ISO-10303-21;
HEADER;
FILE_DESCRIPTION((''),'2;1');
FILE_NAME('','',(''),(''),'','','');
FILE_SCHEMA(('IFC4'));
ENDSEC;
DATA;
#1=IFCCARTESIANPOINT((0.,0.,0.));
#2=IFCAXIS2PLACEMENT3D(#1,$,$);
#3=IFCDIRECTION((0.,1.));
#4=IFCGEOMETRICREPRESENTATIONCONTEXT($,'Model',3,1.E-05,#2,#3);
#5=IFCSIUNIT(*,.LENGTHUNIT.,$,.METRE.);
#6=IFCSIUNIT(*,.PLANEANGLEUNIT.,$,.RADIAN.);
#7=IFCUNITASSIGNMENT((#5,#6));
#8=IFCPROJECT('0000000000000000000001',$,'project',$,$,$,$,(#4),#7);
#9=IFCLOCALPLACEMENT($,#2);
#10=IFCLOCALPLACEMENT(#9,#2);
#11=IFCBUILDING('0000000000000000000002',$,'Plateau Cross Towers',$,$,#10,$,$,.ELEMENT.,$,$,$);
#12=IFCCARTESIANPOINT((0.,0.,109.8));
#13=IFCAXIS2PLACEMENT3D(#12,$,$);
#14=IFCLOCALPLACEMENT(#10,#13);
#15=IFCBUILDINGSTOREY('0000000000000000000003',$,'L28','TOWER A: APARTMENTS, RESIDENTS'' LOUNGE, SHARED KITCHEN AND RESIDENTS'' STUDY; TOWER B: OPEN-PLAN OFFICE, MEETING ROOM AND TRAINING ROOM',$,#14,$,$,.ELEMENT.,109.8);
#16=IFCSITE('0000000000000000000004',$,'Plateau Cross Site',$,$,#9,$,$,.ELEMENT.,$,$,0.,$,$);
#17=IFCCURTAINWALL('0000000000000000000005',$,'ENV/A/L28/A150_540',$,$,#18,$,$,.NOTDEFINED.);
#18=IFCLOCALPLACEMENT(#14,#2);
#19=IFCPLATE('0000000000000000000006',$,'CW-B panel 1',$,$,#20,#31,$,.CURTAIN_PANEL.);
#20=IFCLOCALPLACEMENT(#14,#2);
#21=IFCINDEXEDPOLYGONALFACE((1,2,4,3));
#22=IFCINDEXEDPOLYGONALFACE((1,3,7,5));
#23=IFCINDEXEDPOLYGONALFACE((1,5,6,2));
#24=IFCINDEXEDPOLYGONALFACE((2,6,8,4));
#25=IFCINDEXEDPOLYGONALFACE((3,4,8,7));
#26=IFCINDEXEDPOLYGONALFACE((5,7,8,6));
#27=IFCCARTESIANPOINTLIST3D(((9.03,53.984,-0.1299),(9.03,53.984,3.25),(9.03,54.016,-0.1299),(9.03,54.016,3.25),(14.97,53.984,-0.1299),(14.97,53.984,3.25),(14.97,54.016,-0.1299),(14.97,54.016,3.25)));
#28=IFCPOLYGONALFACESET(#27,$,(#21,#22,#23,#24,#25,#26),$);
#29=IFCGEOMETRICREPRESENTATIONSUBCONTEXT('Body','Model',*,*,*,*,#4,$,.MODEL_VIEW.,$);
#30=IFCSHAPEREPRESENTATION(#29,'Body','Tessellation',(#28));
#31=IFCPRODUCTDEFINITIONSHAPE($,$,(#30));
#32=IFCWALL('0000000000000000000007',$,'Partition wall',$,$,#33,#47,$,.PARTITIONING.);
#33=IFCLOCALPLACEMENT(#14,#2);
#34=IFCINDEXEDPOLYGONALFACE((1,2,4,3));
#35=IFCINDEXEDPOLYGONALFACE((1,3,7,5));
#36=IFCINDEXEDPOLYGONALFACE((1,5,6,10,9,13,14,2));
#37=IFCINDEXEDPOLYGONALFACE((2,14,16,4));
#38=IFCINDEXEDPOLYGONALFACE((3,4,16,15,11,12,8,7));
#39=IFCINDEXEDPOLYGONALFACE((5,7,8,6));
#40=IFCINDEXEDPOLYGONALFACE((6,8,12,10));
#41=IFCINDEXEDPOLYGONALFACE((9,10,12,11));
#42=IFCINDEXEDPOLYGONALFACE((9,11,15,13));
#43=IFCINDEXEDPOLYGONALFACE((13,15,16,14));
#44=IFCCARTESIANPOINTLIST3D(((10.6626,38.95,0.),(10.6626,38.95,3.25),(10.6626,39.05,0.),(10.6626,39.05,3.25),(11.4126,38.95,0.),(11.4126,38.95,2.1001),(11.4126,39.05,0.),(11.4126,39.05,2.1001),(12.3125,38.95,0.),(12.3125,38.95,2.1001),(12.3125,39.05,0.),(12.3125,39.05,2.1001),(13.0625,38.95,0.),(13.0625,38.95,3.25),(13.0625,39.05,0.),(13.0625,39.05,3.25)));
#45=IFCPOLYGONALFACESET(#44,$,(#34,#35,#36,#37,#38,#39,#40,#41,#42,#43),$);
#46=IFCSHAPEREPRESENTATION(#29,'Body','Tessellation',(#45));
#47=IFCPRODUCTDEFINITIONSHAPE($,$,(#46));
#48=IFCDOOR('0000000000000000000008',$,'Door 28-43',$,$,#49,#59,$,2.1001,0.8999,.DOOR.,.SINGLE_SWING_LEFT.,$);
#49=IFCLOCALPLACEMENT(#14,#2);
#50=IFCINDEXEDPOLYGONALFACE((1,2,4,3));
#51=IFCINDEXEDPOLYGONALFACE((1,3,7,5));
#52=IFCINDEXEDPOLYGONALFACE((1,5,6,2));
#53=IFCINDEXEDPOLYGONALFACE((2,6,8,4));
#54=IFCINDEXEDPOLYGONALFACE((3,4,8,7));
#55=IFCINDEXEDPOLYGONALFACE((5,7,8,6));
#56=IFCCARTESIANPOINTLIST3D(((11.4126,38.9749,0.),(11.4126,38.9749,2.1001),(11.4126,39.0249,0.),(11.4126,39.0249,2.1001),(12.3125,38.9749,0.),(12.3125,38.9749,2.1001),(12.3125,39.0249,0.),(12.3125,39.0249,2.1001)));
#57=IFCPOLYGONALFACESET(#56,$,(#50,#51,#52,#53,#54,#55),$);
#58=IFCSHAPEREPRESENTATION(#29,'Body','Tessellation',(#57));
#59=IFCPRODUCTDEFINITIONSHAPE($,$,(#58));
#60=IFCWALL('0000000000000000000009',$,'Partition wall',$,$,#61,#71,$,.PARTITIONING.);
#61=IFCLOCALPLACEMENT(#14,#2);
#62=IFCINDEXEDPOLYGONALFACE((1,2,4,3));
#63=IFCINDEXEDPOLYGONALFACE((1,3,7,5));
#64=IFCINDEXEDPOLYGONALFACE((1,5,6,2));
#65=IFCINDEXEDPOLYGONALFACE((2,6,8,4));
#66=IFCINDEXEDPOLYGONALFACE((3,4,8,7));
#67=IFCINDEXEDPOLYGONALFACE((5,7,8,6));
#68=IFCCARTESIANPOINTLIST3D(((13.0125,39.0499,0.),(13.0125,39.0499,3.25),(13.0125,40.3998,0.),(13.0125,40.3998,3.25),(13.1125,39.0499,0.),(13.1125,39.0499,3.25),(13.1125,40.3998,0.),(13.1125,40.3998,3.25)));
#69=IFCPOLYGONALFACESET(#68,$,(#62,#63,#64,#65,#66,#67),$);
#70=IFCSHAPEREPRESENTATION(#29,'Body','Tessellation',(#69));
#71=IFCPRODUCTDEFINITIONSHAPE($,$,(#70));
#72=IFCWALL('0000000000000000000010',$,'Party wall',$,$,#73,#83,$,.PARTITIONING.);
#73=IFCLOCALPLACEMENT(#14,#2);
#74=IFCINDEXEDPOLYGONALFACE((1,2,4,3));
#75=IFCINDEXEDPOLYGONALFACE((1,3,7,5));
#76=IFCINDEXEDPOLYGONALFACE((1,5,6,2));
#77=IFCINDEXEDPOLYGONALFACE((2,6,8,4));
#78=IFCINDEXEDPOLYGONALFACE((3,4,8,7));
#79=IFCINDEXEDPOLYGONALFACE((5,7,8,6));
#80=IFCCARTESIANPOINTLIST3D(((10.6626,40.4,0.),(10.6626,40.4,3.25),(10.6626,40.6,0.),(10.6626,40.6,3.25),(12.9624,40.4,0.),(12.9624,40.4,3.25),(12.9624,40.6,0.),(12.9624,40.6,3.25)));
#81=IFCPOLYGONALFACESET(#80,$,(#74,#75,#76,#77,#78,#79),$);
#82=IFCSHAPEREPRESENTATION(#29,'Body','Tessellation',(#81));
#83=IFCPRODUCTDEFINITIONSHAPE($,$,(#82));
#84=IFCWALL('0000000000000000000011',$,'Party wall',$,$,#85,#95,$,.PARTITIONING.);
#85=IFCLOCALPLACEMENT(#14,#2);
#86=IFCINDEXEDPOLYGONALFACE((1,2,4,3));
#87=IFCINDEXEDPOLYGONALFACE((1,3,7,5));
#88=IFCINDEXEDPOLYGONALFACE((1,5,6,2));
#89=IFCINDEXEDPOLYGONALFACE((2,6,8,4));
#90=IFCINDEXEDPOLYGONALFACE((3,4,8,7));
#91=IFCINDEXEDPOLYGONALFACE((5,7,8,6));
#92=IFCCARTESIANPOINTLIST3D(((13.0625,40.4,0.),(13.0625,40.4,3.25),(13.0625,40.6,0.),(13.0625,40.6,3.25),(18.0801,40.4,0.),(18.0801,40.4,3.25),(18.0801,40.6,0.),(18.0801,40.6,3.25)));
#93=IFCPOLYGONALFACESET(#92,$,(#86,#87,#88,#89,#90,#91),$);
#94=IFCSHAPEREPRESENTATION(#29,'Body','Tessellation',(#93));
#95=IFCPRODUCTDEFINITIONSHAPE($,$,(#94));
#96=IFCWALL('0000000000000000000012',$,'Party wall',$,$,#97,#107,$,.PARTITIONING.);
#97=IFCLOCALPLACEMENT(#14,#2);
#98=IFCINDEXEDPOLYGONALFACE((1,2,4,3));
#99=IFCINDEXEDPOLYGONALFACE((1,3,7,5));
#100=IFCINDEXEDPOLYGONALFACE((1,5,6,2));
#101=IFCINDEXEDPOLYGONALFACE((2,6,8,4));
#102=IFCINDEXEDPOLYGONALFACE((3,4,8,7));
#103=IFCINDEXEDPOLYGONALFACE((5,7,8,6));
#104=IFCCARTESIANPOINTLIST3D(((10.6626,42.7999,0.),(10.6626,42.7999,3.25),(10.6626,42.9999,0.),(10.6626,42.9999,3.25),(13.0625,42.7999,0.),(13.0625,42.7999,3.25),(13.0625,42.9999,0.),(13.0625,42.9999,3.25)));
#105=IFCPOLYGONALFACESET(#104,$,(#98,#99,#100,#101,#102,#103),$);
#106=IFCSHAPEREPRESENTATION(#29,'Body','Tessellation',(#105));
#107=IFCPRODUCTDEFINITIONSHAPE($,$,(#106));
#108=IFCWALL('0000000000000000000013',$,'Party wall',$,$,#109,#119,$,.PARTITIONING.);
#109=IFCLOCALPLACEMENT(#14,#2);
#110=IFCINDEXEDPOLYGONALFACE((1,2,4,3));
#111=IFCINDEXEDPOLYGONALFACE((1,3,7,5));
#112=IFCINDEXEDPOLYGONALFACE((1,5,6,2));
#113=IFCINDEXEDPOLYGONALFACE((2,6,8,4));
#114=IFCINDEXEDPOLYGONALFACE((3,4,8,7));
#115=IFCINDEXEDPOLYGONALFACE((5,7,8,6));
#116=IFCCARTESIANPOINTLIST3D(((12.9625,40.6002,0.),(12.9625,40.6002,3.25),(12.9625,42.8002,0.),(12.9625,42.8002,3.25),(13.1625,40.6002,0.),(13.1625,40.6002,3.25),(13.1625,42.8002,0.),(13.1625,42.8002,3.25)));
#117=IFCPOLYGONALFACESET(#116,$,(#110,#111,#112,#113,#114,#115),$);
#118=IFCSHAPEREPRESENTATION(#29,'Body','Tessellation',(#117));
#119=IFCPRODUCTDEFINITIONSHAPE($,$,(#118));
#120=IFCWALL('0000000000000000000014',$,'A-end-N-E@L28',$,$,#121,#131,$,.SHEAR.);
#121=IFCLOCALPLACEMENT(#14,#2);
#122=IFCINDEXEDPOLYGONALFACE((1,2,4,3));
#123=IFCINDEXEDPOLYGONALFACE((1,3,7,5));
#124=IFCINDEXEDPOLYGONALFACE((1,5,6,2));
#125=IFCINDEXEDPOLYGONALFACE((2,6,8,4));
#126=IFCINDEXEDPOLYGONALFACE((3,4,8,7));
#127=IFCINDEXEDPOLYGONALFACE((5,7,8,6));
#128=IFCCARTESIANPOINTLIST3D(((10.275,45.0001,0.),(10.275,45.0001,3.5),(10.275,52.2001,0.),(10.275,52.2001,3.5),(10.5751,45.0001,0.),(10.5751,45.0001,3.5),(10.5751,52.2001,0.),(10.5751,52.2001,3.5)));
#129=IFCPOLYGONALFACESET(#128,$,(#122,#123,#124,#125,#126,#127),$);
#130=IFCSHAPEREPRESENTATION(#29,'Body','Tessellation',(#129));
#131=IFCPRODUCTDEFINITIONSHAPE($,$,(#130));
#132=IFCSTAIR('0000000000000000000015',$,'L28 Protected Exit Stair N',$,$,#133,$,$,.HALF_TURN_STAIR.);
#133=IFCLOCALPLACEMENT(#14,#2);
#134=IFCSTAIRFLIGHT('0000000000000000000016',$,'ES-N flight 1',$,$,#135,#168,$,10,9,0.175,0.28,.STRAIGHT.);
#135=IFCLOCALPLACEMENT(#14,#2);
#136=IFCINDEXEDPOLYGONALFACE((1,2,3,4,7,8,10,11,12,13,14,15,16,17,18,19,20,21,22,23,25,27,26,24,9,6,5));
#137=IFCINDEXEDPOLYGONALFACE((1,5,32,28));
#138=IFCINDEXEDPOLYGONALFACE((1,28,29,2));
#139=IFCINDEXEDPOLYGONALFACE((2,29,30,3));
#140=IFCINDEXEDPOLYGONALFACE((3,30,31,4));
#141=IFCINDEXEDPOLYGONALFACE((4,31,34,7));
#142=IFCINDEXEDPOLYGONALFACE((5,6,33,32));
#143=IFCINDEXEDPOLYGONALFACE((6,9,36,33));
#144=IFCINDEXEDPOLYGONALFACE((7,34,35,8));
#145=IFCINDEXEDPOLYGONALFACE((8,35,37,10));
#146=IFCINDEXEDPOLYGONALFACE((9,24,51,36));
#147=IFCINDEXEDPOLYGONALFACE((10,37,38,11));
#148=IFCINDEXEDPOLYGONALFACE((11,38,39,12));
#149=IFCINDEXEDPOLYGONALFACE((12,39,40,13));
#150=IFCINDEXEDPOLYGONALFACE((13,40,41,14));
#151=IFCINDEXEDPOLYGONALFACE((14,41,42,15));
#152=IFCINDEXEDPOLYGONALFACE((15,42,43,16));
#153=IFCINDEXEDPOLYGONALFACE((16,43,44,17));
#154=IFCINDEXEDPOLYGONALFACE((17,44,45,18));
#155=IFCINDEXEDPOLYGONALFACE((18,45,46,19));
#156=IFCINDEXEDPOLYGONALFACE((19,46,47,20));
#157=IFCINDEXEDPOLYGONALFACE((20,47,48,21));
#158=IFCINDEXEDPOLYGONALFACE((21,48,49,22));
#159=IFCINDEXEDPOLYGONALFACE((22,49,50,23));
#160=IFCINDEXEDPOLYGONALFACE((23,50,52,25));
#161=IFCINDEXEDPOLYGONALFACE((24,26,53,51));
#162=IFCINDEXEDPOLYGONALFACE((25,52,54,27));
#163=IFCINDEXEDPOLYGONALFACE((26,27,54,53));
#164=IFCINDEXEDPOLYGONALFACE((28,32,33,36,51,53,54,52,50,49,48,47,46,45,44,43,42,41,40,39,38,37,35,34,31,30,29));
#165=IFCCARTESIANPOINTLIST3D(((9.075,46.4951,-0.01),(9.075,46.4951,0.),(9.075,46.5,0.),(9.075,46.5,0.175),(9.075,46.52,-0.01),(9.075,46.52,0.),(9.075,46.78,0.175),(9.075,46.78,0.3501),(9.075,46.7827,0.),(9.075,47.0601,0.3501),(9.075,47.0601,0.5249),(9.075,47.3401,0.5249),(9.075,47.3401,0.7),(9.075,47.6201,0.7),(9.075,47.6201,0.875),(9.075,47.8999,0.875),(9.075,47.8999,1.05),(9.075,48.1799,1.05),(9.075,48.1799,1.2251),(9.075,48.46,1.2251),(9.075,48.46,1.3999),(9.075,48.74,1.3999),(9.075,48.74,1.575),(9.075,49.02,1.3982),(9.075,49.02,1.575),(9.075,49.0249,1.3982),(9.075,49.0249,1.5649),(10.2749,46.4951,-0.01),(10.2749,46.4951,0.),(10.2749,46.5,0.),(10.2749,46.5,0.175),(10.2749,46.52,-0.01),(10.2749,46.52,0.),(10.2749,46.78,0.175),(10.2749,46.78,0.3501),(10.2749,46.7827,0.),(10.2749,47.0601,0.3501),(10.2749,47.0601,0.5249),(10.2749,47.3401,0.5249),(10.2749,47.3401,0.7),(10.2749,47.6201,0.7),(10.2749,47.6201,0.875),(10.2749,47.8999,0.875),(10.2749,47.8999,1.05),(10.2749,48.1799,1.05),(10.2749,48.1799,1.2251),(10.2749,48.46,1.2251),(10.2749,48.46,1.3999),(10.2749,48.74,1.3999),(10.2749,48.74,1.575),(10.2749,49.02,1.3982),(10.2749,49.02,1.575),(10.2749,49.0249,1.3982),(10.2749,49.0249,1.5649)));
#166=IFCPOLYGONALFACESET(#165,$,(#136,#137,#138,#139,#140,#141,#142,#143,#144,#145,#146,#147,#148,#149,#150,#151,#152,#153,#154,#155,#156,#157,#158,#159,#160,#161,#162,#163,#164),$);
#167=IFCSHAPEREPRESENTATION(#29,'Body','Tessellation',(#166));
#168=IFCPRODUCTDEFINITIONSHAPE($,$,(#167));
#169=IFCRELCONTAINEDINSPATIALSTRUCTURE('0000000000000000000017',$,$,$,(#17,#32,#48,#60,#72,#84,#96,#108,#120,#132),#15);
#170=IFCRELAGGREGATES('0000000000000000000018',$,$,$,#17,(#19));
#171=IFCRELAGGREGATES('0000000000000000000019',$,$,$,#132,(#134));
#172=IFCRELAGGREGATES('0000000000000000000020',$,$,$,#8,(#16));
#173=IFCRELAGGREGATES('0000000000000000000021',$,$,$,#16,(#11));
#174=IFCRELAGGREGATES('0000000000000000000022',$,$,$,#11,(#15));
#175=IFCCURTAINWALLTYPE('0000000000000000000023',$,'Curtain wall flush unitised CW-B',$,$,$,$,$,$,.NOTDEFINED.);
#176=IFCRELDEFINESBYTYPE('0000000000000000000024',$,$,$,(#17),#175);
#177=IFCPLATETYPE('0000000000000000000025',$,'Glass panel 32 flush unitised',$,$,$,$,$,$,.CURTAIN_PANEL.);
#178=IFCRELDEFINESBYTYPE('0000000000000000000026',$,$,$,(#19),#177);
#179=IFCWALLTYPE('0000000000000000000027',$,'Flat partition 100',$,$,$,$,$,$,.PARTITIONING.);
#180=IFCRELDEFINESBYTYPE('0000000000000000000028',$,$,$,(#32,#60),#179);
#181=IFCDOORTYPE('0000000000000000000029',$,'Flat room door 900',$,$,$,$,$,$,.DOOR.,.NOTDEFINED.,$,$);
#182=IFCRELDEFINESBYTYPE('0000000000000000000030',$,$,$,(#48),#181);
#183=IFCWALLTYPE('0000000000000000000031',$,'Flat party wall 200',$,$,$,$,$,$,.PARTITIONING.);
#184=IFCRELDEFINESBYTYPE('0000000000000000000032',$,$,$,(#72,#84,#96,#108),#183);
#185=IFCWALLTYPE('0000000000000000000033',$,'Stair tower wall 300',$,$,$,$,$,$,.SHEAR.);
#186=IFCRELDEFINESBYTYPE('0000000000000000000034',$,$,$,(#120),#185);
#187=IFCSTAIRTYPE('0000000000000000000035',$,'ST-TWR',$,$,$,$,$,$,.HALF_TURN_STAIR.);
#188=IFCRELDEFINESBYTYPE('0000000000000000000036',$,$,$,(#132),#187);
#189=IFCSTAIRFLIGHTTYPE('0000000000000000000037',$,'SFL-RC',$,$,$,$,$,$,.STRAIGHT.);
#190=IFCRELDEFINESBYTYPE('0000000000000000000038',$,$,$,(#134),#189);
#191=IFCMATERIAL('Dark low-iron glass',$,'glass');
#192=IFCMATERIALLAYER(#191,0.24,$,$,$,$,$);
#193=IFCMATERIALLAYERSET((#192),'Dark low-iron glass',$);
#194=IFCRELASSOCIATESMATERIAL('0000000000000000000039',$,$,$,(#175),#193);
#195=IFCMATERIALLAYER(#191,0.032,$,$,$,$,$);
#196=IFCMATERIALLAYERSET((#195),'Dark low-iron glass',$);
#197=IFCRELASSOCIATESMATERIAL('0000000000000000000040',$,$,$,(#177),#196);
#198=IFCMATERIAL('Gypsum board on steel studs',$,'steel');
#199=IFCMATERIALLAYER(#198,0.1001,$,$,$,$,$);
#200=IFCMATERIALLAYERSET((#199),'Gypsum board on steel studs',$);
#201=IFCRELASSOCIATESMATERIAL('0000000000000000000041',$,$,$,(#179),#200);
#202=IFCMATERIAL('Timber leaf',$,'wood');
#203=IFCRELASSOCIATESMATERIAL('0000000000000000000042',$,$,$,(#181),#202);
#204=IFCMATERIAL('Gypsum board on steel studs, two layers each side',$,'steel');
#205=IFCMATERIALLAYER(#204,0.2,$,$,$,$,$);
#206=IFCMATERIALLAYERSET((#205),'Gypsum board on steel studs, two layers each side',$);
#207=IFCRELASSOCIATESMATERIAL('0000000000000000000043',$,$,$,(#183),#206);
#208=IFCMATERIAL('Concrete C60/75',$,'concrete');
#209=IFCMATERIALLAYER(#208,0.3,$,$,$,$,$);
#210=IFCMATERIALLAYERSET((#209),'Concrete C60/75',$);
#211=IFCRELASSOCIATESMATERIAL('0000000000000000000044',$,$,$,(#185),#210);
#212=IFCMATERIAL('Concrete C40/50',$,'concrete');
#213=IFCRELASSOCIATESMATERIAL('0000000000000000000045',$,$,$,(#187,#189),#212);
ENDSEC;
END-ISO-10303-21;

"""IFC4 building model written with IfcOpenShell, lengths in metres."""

from ifc_helpers import new_model, si_unit, direction, frame, frame_2d, origin, origin_2d, place, context, subcontext, project, spatial, polyline, rectangle, outline, extrude, material, layer, layer_set, type_object, element, fill, aggregate, save


model = new_model("IFC4")

# Units and contexts
model_context = context("Model", 3, precision=1e-05, world=origin(), true_north=direction((0.0, 1.0)))
body_context = subcontext(model_context, "Body", "Model", "MODEL_VIEW")
ifc_project = project(units=[si_unit("LENGTHUNIT", "METRE"), si_unit("PLANEANGLEUNIT", "RADIAN")], contexts=[model_context])

# Site, building, storey
site_placement = place(None, origin())
site = spatial("IfcSite", under=ifc_project, at=site_placement, Name="Plateau Cross Site", CompositionType="ELEMENT", RefElevation=0.0)
building_placement = place(site_placement, origin())
building = spatial("IfcBuilding", under=site, at=building_placement, Name="Plateau Cross Towers", CompositionType="ELEMENT")
storey_placement = place(building_placement, frame((0.0, 0.0, 109.8)))
storey = spatial("IfcBuildingStorey", under=building, at=storey_placement, Name="L28", Description="TOWER A: APARTMENTS, RESIDENTS' LOUNGE, SHARED KITCHEN AND RESIDENTS' STUDY; TOWER B: OPEN-PLAN OFFICE, MEETING ROOM AND TRAINING ROOM", CompositionType="ELEMENT", Elevation=109.8)

# Shared definitions
ifc_material_1 = material(Name="Concrete C60/75", Category="concrete")

# Shared definitions
ifc_material_2 = material(Name="Dark low-iron glass", Category="glass")
ifc_layer_1 = layer(ifc_material_2, 0.24)
ifc_layer_set_1 = layer_set([ifc_layer_1], Name="Dark low-iron glass")
curtain_wall_type = type_object("IfcCurtainWallType", Name="Curtain wall flush unitised CW-B", PredefinedType="NOTDEFINED", material=ifc_layer_set_1)

# Curtain wall
curtain_wall_1_placement = place(storey_placement, origin())
curtain_wall_1 = element("IfcCurtainWall", 1, at=curtain_wall_1_placement, inside=storey, type_object=curtain_wall_type, Name="ENV/A/L28/A150_540", PredefinedType="NOTDEFINED")

# Plate
ifc_layer_2 = layer(ifc_material_2, 0.032)
ifc_layer_set_2 = layer_set([ifc_layer_2], Name="Dark low-iron glass")
plate_type = type_object("IfcPlateType", Name="Glass panel 32 flush unitised", PredefinedType="CURTAIN_PANEL", material=ifc_layer_set_2)
plate_1_placement = place(storey_placement, frame((12.0, 54.0, -0.1299), z_axis=(0.0, 0.0, 1.0), x_axis=(-1.0, 0.0, 0.0)))
plate_1 = element("IfcPlate", 2, at=plate_1_placement, type_object=plate_type, Name="CW-B panel 1", PredefinedType="CURTAIN_PANEL", context=body_context, shape_type="SweptSolid", body=[
    extrude(rectangle(XDim=5.9399, YDim=0.032, at=origin_2d()), origin(), (0.0, 0.0, 1.0), 3.3799),
])
aggregate(curtain_wall_1, [plate_1])

# Wall, opening, door
ifc_material_3 = material(Name="Gypsum board on steel studs", Category="steel")
ifc_layer_3 = layer(ifc_material_3, 0.1001)
ifc_layer_set_3 = layer_set([ifc_layer_3], Name="Gypsum board on steel studs")
wall_type_1 = type_object("IfcWallType", Name="Flat partition 100", PredefinedType="PARTITIONING", material=ifc_layer_set_3)
wall_1_placement = place(storey_placement, frame((10.6626, 39.0, 0.0), z_axis=(0.0, 0.0, 1.0), x_axis=(1.0, 0.0, 0.0)))
wall_1 = element("IfcWall", 3, at=wall_1_placement, inside=storey, type_object=wall_type_1, Name="Partition wall", PredefinedType="PARTITIONING", context=body_context, shape_type="SweptSolid", body=[
    extrude(rectangle(XDim=2.3999, YDim=0.1001, at=frame_2d((1.2, 0.0))), origin(), (0.0, 0.0, 1.0), 3.25),
])
opening_placement = place(wall_1_placement, frame((0.75, 0.0, 0.0)))
opening = element("IfcOpeningElement", 4, at=opening_placement, cuts=wall_1, PredefinedType="OPENING", context=body_context, shape_type="SweptSolid", body=[
    extrude(rectangle(XDim=0.8999, YDim=2.1001, at=frame_2d((0.45, 1.05))), frame((0.0, 0.0601, 0.0), z_axis=(0.0, -1.0, 0.0), x_axis=(1.0, 0.0, 0.0)), (0.0, 0.0, 1.0), 0.1201),
])
ifc_material_4 = material(Name="Timber leaf", Category="wood")
door_type = type_object("IfcDoorType", Name="Flat room door 900", OperationType="NOTDEFINED", PredefinedType="DOOR", material=ifc_material_4)
door_placement = place(opening_placement, origin())
door = element("IfcDoor", 5, at=door_placement, inside=storey, type_object=door_type, Name="Door 28-43", OperationType="SINGLE_SWING_LEFT", OverallHeight=2.1001, OverallWidth=0.8999, PredefinedType="DOOR", context=body_context, shape_type="SweptSolid", body=[
    extrude(rectangle(XDim=0.8999, YDim=2.1001, at=frame_2d((0.45, 1.05))), frame((0.0, 0.0249, 0.0), z_axis=(0.0, -1.0, 0.0), x_axis=(1.0, 0.0, 0.0)), (0.0, 0.0, 1.0), 0.05),
])
fill(opening, door)

# Walls
wall_2_placement = place(storey_placement, frame((13.0625, 39.05, 0.0), z_axis=(0.0, 0.0, 1.0), x_axis=(0.0, 1.0, 0.0)))
element("IfcWall", 6, at=wall_2_placement, inside=storey, type_object=wall_type_1, Name="Partition wall", PredefinedType="PARTITIONING", context=body_context, shape_type="SweptSolid", body=[
    extrude(rectangle(XDim=1.3499, YDim=0.1001, at=frame_2d((0.6748, 0.0))), origin(), (0.0, 0.0, 1.0), 3.25),
])
ifc_material_5 = material(Name="Gypsum board on steel studs, two layers each side", Category="steel")
ifc_layer_4 = layer(ifc_material_5, 0.2)
ifc_layer_set_4 = layer_set([ifc_layer_4], Name="Gypsum board on steel studs, two layers each side")
wall_type_2 = type_object("IfcWallType", Name="Flat party wall 200", PredefinedType="PARTITIONING", material=ifc_layer_set_4)
wall_3_placement = place(storey_placement, frame((12.9624, 40.5, 0.0), z_axis=(0.0, 0.0, 1.0), x_axis=(-1.0, 0.0, 0.0)))
element("IfcWall", 7, at=wall_3_placement, inside=storey, type_object=wall_type_2, Name="Party wall", PredefinedType="PARTITIONING", context=body_context, shape_type="SweptSolid", body=[
    extrude(rectangle(XDim=2.2998, YDim=0.2, at=frame_2d((1.1499, 0.0))), origin(), (0.0, 0.0, 1.0), 3.25),
])
wall_4_placement = place(storey_placement, frame((13.0625, 40.5, 0.0), z_axis=(0.0, 0.0, 1.0), x_axis=(1.0, 0.0, 0.0)))
element("IfcWall", 8, at=wall_4_placement, inside=storey, type_object=wall_type_2, Name="Party wall", PredefinedType="PARTITIONING", context=body_context, shape_type="SweptSolid", body=[
    extrude(rectangle(XDim=5.0176, YDim=0.2, at=frame_2d((2.5088, 0.0))), origin(), (0.0, 0.0, 1.0), 3.25),
])
wall_5_placement = place(storey_placement, frame((13.0625, 42.8999, 0.0), z_axis=(0.0, 0.0, 1.0), x_axis=(-1.0, 0.0, 0.0)))
element("IfcWall", 9, at=wall_5_placement, inside=storey, type_object=wall_type_2, Name="Party wall", PredefinedType="PARTITIONING", context=body_context, shape_type="SweptSolid", body=[
    extrude(rectangle(XDim=2.3999, YDim=0.2, at=frame_2d((1.2, 0.0))), origin(), (0.0, 0.0, 1.0), 3.25),
])
wall_6_placement = place(storey_placement, frame((13.0625, 40.6001, 0.0), z_axis=(0.0, 0.0, 1.0), x_axis=(0.0, 1.0, 0.0)))
element("IfcWall", 10, at=wall_6_placement, inside=storey, type_object=wall_type_2, Name="Party wall", PredefinedType="PARTITIONING", context=body_context, shape_type="SweptSolid", body=[
    extrude(rectangle(XDim=2.2, YDim=0.2, at=frame_2d((1.1001, 0.0))), origin(), (0.0, 0.0, 1.0), 3.25),
])
ifc_layer_5 = layer(ifc_material_1, 0.3)
ifc_layer_set_5 = layer_set([ifc_layer_5], Name="Concrete C60/75")
wall_type_3 = type_object("IfcWallType", Name="Stair tower wall 300", PredefinedType="SHEAR", material=ifc_layer_set_5)
wall_7_placement = place(storey_placement, frame((10.425, 45.0, 0.0), z_axis=(0.0, 0.0, 1.0), x_axis=(0.0, 1.0, 0.0)))
element("IfcWall", 11, at=wall_7_placement, inside=storey, type_object=wall_type_3, Name="A-end-N-E@L28", PredefinedType="SHEAR", context=body_context, shape_type="SweptSolid", body=[
    extrude(rectangle(XDim=7.2, YDim=0.3, at=frame_2d((3.6001, 0.0))), origin(), (0.0, 0.0, 1.0), 3.5),
])

# Stair, stair flight
ifc_material_6 = material(Name="Concrete C40/50", Category="concrete")
stair_type = type_object("IfcStairType", Name="ST-TWR", PredefinedType="HALF_TURN_STAIR", material=ifc_material_6)
stair_placement = place(storey_placement, origin())
stair = element("IfcStair", 12, at=stair_placement, inside=storey, type_object=stair_type, Name="L28 Protected Exit Stair N", PredefinedType="HALF_TURN_STAIR")
stair_flight_type = type_object("IfcStairFlightType", Name="SFL-RC", PredefinedType="STRAIGHT", material=ifc_material_6)
stair_flight_1_placement = place(storey_placement, frame((9.675, 46.5, 0.0), z_axis=(0.0, 0.0, 1.0), x_axis=(0.0, 1.0, 0.0)))
stair_flight_1 = element("IfcStairFlight", 13, at=stair_flight_1_placement, type_object=stair_flight_type, Name="ES-N flight 1", NumberOfRisers=10, NumberOfTreads=9, PredefinedType="STRAIGHT", RiserHeight=0.175, TreadLength=0.28, context=body_context, shape_type="SweptSolid", body=[
    extrude(outline(polyline([(-0.0049, -0.01), (-0.0049, 0.0), (0.0, 0.0), (0.0, 0.175), (0.28, 0.175), (0.28, 0.3501), (0.5601, 0.3501), (0.5601, 0.5249), (0.8401, 0.5249), (0.8401, 0.7), (1.1201, 0.7), (1.1201, 0.875), (1.3999, 0.875), (1.3999, 1.05), (1.6799, 1.05), (1.6799, 1.2251), (1.96, 1.2251), (1.96, 1.3999), (2.24, 1.3999), (2.24, 1.575), (2.52, 1.575), (2.5249, 1.5649), (2.5249, 1.3982), (2.52, 1.3982), (0.2827, 0.0), (0.02, 0.0), (0.02, -0.01), (-0.0049, -0.01)])), frame((0.0, 0.6001, 0.0), z_axis=(0.0, -1.0, 0.0), x_axis=(1.0, 0.0, 0.0)), (0.0, 0.0, 1.0), 1.2),
])
aggregate(stair, [stair_flight_1])

save(model, "model.ifc")
